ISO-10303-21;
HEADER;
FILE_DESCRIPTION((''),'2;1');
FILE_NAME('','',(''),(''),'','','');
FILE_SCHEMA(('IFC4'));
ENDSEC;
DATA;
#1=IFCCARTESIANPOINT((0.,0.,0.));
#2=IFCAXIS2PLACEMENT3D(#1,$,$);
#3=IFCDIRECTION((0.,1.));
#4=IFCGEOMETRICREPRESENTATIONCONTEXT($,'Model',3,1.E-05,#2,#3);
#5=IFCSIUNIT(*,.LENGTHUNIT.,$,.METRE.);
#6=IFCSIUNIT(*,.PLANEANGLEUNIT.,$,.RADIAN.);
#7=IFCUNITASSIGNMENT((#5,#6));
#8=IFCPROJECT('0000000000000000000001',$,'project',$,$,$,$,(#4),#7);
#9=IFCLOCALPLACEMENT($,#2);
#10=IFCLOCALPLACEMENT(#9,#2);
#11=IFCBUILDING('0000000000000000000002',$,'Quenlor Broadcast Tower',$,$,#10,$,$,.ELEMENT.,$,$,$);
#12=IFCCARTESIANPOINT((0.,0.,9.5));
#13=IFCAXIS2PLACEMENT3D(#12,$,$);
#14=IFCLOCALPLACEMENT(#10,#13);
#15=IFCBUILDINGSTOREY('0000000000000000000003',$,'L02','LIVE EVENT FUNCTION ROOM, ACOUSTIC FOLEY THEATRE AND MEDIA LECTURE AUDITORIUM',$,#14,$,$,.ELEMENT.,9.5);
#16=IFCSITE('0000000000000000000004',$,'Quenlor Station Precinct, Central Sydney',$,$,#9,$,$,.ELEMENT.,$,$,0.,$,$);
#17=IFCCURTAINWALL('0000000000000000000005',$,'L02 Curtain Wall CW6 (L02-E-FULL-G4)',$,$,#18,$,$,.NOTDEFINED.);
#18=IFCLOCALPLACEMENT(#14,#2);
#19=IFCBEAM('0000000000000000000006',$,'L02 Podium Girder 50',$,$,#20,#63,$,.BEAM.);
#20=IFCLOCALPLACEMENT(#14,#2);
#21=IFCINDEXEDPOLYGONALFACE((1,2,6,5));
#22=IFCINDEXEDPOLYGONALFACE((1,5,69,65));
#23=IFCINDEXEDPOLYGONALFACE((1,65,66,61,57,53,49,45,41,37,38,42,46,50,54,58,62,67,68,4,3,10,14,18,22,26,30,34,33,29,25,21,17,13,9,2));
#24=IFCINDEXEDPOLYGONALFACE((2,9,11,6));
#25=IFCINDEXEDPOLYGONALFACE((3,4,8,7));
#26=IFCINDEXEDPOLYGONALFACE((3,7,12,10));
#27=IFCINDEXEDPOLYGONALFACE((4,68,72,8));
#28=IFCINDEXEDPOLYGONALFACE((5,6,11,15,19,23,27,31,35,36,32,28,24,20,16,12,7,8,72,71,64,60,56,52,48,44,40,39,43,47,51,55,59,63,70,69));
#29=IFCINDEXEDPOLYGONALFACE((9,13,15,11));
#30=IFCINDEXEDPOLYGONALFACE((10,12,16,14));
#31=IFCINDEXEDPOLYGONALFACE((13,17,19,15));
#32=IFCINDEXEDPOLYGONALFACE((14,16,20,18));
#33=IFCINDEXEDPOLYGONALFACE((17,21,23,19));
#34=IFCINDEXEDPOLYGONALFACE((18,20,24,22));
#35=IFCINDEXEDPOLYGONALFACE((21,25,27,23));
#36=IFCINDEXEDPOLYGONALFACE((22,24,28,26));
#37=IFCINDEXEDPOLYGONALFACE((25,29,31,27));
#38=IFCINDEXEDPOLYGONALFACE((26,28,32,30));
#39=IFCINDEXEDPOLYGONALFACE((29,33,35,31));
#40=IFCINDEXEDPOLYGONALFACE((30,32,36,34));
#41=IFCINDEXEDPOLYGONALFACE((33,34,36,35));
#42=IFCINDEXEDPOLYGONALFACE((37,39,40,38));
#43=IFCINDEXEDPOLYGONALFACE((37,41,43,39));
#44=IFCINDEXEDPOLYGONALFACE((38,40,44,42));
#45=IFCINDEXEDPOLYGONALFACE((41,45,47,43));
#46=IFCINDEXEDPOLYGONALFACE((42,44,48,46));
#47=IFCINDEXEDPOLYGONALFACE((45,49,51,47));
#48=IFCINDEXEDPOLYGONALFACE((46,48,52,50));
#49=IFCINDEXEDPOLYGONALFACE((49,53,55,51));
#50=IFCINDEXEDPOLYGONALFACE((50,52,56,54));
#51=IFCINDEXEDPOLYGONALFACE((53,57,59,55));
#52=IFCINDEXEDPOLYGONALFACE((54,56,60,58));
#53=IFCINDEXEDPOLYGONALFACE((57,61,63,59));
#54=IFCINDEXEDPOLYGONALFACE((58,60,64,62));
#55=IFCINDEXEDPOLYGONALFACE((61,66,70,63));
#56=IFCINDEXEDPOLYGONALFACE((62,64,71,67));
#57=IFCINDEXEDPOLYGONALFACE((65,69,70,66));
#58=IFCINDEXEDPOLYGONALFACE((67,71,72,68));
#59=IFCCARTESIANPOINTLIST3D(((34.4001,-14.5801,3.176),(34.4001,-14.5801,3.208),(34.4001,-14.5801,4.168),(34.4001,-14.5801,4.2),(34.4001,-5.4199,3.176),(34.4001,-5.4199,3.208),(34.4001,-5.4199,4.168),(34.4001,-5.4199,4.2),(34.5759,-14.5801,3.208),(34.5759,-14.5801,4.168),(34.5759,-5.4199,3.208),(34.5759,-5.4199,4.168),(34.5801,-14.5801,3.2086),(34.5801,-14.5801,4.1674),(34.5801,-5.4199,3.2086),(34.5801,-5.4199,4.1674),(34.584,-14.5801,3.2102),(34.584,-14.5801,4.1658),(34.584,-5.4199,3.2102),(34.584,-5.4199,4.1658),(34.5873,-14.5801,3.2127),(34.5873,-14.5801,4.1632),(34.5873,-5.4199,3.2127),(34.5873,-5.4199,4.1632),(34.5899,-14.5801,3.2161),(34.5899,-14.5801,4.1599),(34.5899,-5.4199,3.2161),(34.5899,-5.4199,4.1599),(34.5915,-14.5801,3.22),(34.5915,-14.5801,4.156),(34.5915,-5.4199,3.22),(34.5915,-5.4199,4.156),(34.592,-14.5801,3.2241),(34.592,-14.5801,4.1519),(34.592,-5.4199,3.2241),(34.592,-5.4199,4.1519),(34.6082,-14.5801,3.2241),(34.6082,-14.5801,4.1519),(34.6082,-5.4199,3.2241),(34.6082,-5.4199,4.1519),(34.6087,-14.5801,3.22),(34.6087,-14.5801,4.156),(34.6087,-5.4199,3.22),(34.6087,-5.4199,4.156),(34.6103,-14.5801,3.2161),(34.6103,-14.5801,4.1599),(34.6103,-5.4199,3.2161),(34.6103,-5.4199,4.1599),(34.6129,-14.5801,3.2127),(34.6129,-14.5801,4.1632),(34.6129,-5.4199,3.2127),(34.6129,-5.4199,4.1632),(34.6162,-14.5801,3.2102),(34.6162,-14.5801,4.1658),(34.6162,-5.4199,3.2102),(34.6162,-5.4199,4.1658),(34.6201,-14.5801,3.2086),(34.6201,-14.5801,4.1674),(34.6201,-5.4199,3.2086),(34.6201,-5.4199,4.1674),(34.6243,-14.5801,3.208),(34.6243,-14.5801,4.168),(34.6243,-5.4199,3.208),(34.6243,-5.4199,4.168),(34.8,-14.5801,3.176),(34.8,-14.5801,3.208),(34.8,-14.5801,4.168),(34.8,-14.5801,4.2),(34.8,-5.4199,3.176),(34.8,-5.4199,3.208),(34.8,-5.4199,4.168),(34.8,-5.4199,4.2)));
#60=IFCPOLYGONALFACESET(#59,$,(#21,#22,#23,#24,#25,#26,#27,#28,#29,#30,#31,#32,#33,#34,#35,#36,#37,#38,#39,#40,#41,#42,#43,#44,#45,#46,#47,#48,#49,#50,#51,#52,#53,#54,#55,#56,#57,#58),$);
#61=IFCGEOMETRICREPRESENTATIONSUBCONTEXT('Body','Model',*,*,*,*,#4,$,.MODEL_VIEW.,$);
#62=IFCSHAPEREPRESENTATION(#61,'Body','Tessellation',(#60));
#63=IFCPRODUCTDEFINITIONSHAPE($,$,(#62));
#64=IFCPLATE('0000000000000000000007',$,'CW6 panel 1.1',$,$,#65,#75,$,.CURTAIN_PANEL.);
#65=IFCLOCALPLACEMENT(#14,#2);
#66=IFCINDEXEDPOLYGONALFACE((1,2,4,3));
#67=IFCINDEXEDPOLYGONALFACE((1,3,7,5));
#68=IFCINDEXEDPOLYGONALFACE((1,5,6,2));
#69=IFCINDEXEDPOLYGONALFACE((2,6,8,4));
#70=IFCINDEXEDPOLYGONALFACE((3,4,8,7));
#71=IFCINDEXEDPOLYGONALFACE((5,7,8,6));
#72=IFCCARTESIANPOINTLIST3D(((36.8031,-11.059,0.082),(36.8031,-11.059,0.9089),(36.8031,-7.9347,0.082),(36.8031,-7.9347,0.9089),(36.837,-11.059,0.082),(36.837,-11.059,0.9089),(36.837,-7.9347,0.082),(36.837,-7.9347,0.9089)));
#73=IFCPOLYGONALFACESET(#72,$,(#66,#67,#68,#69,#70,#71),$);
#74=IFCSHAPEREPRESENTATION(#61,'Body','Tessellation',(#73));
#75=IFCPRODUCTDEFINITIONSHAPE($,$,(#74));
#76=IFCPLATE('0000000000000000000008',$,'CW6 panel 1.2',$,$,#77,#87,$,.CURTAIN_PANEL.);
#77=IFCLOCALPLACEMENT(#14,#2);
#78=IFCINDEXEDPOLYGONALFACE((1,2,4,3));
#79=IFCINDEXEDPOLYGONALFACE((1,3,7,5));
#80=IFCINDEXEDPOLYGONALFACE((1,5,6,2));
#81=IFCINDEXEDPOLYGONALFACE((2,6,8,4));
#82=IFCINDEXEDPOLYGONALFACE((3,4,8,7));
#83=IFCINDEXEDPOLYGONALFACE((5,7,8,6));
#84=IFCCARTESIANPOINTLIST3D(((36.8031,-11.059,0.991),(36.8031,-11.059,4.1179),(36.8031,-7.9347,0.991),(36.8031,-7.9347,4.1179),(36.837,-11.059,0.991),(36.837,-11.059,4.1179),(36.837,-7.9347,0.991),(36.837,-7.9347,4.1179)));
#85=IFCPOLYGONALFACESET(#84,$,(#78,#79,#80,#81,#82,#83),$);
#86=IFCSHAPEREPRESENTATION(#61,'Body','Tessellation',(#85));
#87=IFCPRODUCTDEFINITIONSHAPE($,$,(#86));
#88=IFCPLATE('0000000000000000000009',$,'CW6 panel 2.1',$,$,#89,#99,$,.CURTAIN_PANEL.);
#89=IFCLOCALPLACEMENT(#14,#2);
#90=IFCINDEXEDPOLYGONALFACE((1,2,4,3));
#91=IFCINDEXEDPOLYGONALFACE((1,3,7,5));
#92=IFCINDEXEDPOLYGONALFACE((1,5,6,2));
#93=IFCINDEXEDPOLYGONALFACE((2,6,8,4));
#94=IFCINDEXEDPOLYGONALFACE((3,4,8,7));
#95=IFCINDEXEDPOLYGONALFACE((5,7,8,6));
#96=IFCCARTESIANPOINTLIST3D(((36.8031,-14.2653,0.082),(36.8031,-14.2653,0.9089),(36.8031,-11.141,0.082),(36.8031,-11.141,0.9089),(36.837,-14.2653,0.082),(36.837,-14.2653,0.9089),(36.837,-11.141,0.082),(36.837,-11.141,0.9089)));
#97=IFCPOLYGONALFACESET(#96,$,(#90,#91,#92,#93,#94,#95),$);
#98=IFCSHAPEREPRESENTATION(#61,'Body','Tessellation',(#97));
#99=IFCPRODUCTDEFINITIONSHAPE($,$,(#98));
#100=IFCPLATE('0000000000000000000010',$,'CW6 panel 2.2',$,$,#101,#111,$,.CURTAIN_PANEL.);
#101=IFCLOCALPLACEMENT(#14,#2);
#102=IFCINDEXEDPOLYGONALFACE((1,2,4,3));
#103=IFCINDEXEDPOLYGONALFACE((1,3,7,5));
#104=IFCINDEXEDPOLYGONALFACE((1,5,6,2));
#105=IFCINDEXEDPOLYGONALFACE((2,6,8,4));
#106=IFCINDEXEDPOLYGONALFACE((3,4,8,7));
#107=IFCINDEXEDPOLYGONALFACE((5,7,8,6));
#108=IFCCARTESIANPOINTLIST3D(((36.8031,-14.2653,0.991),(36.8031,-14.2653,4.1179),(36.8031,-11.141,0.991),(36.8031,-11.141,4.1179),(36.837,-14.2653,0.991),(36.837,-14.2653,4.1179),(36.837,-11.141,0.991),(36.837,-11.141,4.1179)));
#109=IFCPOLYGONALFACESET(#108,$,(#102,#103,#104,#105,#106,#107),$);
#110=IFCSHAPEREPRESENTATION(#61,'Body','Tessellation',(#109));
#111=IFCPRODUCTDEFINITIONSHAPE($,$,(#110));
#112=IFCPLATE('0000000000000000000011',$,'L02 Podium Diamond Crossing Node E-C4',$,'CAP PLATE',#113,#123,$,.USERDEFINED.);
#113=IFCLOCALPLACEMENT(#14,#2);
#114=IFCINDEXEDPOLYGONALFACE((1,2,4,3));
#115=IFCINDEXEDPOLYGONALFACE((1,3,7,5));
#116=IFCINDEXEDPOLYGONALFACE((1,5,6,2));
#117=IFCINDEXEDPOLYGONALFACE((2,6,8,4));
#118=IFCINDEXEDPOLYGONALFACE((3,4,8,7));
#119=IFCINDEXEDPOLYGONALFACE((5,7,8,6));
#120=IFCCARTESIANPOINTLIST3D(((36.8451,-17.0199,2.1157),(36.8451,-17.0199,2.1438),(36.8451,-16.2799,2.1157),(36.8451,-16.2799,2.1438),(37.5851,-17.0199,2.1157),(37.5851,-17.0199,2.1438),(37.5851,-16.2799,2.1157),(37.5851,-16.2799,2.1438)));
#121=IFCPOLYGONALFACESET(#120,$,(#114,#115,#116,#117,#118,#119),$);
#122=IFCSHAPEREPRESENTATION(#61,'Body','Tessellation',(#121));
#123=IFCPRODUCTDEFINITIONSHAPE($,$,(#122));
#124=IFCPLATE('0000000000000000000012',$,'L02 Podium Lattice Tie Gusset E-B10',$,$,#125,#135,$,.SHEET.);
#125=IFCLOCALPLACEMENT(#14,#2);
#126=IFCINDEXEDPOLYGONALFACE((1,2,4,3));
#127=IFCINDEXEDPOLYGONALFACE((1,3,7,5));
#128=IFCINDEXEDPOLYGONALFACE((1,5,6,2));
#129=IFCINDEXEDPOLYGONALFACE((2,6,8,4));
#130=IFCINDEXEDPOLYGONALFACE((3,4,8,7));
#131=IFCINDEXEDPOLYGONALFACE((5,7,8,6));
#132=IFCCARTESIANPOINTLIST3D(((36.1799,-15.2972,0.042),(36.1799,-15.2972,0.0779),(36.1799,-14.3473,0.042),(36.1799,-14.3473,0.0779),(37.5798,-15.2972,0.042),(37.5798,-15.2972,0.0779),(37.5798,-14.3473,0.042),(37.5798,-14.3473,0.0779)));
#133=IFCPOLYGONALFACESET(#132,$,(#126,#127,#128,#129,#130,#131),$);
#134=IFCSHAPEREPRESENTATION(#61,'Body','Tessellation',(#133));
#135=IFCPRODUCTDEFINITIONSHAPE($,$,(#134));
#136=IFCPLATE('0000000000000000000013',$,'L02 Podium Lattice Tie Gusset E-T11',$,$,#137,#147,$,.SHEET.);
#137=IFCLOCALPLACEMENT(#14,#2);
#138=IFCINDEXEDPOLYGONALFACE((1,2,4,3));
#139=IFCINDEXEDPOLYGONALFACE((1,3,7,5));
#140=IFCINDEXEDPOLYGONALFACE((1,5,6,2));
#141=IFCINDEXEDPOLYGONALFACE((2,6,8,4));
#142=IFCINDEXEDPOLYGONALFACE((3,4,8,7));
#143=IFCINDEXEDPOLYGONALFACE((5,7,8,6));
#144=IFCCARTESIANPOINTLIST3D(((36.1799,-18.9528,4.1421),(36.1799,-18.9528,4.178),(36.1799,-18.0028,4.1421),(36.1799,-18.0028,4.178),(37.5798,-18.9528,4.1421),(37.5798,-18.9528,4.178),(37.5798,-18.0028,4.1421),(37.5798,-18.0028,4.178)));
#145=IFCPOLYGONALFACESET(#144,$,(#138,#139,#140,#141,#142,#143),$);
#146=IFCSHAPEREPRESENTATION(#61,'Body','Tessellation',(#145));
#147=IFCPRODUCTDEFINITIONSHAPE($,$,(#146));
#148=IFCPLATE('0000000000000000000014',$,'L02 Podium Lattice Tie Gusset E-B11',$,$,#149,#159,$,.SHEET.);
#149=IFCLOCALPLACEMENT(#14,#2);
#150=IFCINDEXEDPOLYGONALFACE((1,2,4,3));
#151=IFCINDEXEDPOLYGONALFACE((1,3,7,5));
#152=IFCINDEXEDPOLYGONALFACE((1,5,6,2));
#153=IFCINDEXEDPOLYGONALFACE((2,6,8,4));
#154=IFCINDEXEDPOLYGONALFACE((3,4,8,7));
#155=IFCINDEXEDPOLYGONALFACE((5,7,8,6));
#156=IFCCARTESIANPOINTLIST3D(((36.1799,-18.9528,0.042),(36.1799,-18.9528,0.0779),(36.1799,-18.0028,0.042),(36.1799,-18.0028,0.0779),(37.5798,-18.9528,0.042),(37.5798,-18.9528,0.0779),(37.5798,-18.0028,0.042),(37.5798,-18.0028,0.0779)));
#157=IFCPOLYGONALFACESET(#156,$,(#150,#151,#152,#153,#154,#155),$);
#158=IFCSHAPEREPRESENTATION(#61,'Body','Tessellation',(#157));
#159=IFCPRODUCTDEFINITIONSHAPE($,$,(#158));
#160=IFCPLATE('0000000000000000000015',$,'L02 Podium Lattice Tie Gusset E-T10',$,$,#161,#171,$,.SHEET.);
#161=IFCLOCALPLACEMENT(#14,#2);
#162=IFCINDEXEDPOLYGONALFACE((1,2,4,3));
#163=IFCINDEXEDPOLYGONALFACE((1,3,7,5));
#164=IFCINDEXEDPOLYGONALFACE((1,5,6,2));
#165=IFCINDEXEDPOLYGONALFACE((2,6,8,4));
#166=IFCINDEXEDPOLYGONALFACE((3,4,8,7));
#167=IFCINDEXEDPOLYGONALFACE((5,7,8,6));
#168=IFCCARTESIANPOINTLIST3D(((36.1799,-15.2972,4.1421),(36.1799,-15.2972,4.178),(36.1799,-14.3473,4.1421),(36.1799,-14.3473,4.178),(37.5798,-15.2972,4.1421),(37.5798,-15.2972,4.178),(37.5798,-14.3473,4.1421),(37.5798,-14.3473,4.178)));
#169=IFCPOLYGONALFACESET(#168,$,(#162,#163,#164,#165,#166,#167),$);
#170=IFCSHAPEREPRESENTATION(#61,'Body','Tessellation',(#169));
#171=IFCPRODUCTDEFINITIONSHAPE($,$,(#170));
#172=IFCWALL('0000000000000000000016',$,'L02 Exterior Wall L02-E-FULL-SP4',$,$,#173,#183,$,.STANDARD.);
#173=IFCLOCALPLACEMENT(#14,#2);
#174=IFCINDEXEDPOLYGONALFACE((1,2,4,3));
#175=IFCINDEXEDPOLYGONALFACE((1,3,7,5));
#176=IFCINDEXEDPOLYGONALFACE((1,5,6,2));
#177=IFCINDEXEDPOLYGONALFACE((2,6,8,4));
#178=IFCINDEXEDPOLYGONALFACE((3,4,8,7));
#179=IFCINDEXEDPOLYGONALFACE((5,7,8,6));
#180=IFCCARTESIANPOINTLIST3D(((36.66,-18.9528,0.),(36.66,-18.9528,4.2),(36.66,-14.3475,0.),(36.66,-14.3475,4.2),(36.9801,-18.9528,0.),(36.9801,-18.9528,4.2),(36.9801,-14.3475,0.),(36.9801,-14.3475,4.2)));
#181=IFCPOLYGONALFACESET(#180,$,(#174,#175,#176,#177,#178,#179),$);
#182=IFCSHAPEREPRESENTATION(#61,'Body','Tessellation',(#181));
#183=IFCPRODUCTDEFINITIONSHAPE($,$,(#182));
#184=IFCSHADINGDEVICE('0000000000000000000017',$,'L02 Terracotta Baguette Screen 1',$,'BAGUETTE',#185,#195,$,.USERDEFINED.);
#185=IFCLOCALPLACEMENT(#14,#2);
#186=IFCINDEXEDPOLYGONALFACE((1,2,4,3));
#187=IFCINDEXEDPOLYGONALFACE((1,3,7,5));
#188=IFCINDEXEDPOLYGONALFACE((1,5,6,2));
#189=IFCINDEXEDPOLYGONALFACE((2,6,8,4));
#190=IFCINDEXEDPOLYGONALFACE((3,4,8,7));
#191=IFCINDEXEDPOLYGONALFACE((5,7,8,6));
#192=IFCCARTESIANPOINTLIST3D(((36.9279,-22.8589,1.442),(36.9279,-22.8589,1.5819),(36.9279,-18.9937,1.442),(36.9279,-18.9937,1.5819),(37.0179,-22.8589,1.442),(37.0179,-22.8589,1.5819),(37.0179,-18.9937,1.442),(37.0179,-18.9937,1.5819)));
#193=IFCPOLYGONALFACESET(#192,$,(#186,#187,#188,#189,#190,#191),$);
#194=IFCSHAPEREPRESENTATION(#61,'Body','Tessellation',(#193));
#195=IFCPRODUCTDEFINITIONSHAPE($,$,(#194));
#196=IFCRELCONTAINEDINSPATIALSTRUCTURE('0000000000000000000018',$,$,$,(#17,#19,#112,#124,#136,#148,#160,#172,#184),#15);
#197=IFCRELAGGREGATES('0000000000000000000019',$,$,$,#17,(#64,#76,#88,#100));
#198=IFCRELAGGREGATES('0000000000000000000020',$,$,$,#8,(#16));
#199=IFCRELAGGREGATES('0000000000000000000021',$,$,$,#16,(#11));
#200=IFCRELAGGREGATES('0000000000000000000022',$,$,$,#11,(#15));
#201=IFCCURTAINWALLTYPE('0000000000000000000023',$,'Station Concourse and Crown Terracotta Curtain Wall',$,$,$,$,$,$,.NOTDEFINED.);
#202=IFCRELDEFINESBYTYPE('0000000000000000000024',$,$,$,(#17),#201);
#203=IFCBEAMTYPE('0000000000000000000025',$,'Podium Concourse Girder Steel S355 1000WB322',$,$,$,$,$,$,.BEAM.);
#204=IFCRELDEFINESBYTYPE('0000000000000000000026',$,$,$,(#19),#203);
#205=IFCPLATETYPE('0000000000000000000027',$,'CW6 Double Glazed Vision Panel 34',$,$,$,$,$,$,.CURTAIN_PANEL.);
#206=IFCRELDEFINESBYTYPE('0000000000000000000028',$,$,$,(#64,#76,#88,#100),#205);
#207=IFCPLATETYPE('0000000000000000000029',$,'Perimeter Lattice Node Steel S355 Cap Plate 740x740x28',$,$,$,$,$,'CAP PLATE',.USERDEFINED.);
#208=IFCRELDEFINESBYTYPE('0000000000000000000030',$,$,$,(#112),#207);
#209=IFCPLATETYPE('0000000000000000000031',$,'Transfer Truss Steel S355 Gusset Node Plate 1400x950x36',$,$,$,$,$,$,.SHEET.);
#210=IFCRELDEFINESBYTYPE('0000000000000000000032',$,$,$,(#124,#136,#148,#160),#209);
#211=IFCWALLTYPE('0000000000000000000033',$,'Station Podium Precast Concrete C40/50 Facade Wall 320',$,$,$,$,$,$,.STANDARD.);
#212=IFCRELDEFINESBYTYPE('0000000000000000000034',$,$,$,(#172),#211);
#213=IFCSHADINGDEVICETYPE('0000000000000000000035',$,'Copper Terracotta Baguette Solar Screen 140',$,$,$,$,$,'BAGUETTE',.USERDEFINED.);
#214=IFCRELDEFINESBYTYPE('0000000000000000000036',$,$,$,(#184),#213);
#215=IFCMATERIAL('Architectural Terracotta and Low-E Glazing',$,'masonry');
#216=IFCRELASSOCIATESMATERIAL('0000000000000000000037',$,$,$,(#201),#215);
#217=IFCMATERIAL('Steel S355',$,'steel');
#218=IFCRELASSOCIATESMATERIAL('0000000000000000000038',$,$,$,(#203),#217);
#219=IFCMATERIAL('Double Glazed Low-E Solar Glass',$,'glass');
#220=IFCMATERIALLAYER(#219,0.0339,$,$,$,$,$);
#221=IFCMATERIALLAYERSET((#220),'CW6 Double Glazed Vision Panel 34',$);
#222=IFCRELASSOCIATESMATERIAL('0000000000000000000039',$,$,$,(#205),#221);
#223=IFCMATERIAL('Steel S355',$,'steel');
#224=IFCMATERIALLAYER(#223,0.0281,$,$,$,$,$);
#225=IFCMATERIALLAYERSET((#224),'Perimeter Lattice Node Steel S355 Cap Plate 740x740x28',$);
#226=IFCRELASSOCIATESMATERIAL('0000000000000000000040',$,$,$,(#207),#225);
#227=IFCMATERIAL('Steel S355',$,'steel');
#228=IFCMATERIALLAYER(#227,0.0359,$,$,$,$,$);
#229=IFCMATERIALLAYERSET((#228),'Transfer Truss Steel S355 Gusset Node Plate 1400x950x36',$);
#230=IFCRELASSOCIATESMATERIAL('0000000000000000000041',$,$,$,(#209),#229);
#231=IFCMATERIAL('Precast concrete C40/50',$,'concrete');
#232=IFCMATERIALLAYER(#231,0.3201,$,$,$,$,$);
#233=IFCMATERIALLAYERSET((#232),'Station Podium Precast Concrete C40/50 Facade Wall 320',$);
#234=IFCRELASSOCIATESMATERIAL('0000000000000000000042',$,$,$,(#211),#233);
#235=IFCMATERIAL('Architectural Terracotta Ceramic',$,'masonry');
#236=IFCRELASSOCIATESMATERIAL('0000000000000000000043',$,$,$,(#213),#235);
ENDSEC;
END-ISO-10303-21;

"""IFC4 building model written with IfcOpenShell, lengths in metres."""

from ifc_helpers import new_model, si_unit, direction, frame, frame_2d, origin, origin_2d, place, context, subcontext, project, spatial, rectangle, i_section, extrude, material, layer, layer_set, material_profile, profile_set, type_object, element, aggregate, save


model = new_model("IFC4")

# Units and contexts
model_context = context("Model", 3, precision=1e-05, world=origin(), true_north=direction((0.0, 1.0)))
body_context = subcontext(model_context, "Body", "Model", "MODEL_VIEW")
ifc_project = project(units=[si_unit("LENGTHUNIT", "METRE"), si_unit("PLANEANGLEUNIT", "RADIAN")], contexts=[model_context])

# Site, building, storey
site_placement = place(None, origin())
site = spatial("IfcSite", under=ifc_project, at=site_placement, Name="Quenlor Station Precinct, Central Sydney", CompositionType="ELEMENT", RefElevation=0.0)
building_placement = place(site_placement, origin())
building = spatial("IfcBuilding", under=site, at=building_placement, Name="Quenlor Broadcast Tower", CompositionType="ELEMENT")
storey_placement = place(building_placement, frame((0.0, 0.0, 9.5)))
storey = spatial("IfcBuildingStorey", under=building, at=storey_placement, Name="L02", Description="LIVE EVENT FUNCTION ROOM, ACOUSTIC FOLEY THEATRE AND MEDIA LECTURE AUDITORIUM", CompositionType="ELEMENT", Elevation=9.5)

# Curtain wall
ifc_material_1 = material(Name="Architectural Terracotta and Low-E Glazing", Category="masonry")
curtain_wall_type = type_object("IfcCurtainWallType", Name="Station Concourse and Crown Terracotta Curtain Wall", PredefinedType="NOTDEFINED", material=ifc_material_1)
curtain_wall_placement = place(storey_placement, origin())
curtain_wall = element("IfcCurtainWall", 1, at=curtain_wall_placement, inside=storey, type_object=curtain_wall_type, Name="L02 Curtain Wall CW6 (L02-E-FULL-G4)", PredefinedType="NOTDEFINED")

# Beam
ifc_material_2 = material(Name="Steel S355", Category="steel")
ifc_material_profile_1 = material_profile(ifc_material_2, i_section(OverallWidth=0.3999, OverallDepth=1.0239, WebThickness=0.0161, FlangeThickness=0.032, FilletRadius=0.0161, at=origin_2d()))
ifc_profile_set_1 = profile_set([ifc_material_profile_1], Name="Steel S355 1000WB322")
beam_type = type_object("IfcBeamType", Name="Podium Concourse Girder Steel S355 1000WB322", PredefinedType="BEAM", material=ifc_profile_set_1)
beam_placement = place(storey_placement, frame((34.6001, -14.5801, 3.688), z_axis=(0.0, 1.0, 0.0), x_axis=(-1.0, 0.0, 0.0)))
element("IfcBeam", 2, at=beam_placement, inside=storey, type_object=beam_type, Name="L02 Podium Girder 50", PredefinedType="BEAM", context=body_context, shape_type="SweptSolid", body=[
    extrude(i_section(OverallWidth=0.3999, OverallDepth=1.0239, WebThickness=0.0161, FlangeThickness=0.032, FilletRadius=0.0161, at=origin_2d()), origin(), (0.0, 0.0, 1.0), 9.1602),
])

# Plates
ifc_material_3 = material(Name="Double Glazed Low-E Solar Glass", Category="glass")
ifc_layer_1 = layer(ifc_material_3, 0.0339)
ifc_layer_set_1 = layer_set([ifc_layer_1], Name="CW6 Double Glazed Vision Panel 34")
plate_type_1 = type_object("IfcPlateType", Name="CW6 Double Glazed Vision Panel 34", PredefinedType="CURTAIN_PANEL", material=ifc_layer_set_1)
plate_1_placement = place(storey_placement, frame((36.8201, -9.4968, 0.082), z_axis=(0.0, 0.0, 1.0), x_axis=(0.0, -1.0, 0.0)))
plate_1 = element("IfcPlate", 3, at=plate_1_placement, type_object=plate_type_1, Name="CW6 panel 1.1", PredefinedType="CURTAIN_PANEL", context=body_context, shape_type="SweptSolid", body=[
    extrude(rectangle(XDim=3.1243, YDim=0.0339, at=origin_2d()), origin(), (0.0, 0.0, 1.0), 0.8269),
])
plate_2_placement = place(storey_placement, frame((36.8201, -9.4968, 0.991), z_axis=(0.0, 0.0, 1.0), x_axis=(0.0, -1.0, 0.0)))
plate_2 = element("IfcPlate", 4, at=plate_2_placement, type_object=plate_type_1, Name="CW6 panel 1.2", PredefinedType="CURTAIN_PANEL", context=body_context, shape_type="SweptSolid", body=[
    extrude(rectangle(XDim=3.1243, YDim=0.0339, at=origin_2d()), origin(), (0.0, 0.0, 1.0), 3.127),
])
plate_3_placement = place(storey_placement, frame((36.8201, -12.7031, 0.082), z_axis=(0.0, 0.0, 1.0), x_axis=(0.0, -1.0, 0.0)))
plate_3 = element("IfcPlate", 5, at=plate_3_placement, type_object=plate_type_1, Name="CW6 panel 2.1", PredefinedType="CURTAIN_PANEL", context=body_context, shape_type="SweptSolid", body=[
    extrude(rectangle(XDim=3.1243, YDim=0.0339, at=origin_2d()), origin(), (0.0, 0.0, 1.0), 0.8269),
])
plate_4_placement = place(storey_placement, frame((36.8201, -12.7031, 0.991), z_axis=(0.0, 0.0, 1.0), x_axis=(0.0, -1.0, 0.0)))
plate_4 = element("IfcPlate", 6, at=plate_4_placement, type_object=plate_type_1, Name="CW6 panel 2.2", PredefinedType="CURTAIN_PANEL", context=body_context, shape_type="SweptSolid", body=[
    extrude(rectangle(XDim=3.1243, YDim=0.0339, at=origin_2d()), origin(), (0.0, 0.0, 1.0), 3.127),
])
aggregate(curtain_wall, [plate_1, plate_2, plate_3, plate_4])

# Plates
ifc_material_4 = material(Name="Steel S355", Category="steel")
ifc_layer_2 = layer(ifc_material_4, 0.0281)
ifc_layer_set_2 = layer_set([ifc_layer_2], Name="Perimeter Lattice Node Steel S355 Cap Plate 740x740x28")
plate_type_2 = type_object("IfcPlateType", Name="Perimeter Lattice Node Steel S355 Cap Plate 740x740x28", ElementType="CAP PLATE", PredefinedType="USERDEFINED", material=ifc_layer_set_2)
plate_5_placement = place(storey_placement, frame((37.2151, -16.6499, 2.1157), z_axis=(0.0, 0.0, 1.0), x_axis=(0.0, -1.0, 0.0)))
element("IfcPlate", 7, at=plate_5_placement, inside=storey, type_object=plate_type_2, Name="L02 Podium Diamond Crossing Node E-C4", ObjectType="CAP PLATE", PredefinedType="USERDEFINED", context=body_context, shape_type="SweptSolid", body=[
    extrude(rectangle(XDim=0.74, YDim=0.74, at=origin_2d()), origin(), (0.0, 0.0, 1.0), 0.0281),
])
ifc_material_5 = material(Name="Steel S355", Category="steel")
ifc_layer_3 = layer(ifc_material_5, 0.0359)
ifc_layer_set_3 = layer_set([ifc_layer_3], Name="Transfer Truss Steel S355 Gusset Node Plate 1400x950x36")
plate_type_3 = type_object("IfcPlateType", Name="Transfer Truss Steel S355 Gusset Node Plate 1400x950x36", PredefinedType="SHEET", material=ifc_layer_set_3)
for number, where, z_axis, x_axis, name in (
    (8, (36.8799, -14.8223, 0.042), (0.0, 0.0, 1.0), (1.0, 0.0, 0.0), "L02 Podium Lattice Tie Gusset E-B10"),
    (9, (36.8799, -18.4778, 4.1421), (0.0, 0.0, 1.0), (1.0, 0.0, 0.0), "L02 Podium Lattice Tie Gusset E-T11"),
    (10, (36.8799, -18.4778, 0.042), (0.0, 0.0, 1.0), (1.0, 0.0, 0.0), "L02 Podium Lattice Tie Gusset E-B11"),
    (11, (36.8799, -14.8223, 4.1421), (0.0, 0.0, 1.0), (1.0, 0.0, 0.0), "L02 Podium Lattice Tie Gusset E-T10"),
):
    element("IfcPlate", number, at=place(storey_placement, frame(where, z_axis=z_axis, x_axis=x_axis)), inside=storey, type_object=plate_type_3, Name=name, PredefinedType="SHEET", context=body_context, shape_type="SweptSolid", body=[
        extrude(rectangle(XDim=1.3999, YDim=0.95, at=origin_2d()), origin(), (0.0, 0.0, 1.0), 0.0359),
    ])

# Wall
ifc_material_6 = material(Name="Precast concrete C40/50", Category="concrete")
ifc_layer_4 = layer(ifc_material_6, 0.3201)
ifc_layer_set_4 = layer_set([ifc_layer_4], Name="Station Podium Precast Concrete C40/50 Facade Wall 320")
wall_type = type_object("IfcWallType", Name="Station Podium Precast Concrete C40/50 Facade Wall 320", PredefinedType="STANDARD", material=ifc_layer_set_4)
wall_placement = place(storey_placement, frame((36.8201, -14.3474, 0.0), z_axis=(0.0, 0.0, 1.0), x_axis=(0.0, -1.0, 0.0)))
element("IfcWall", 12, at=wall_placement, inside=storey, type_object=wall_type, Name="L02 Exterior Wall L02-E-FULL-SP4", PredefinedType="STANDARD", context=body_context, shape_type="SweptSolid", body=[
    extrude(rectangle(XDim=4.6052, YDim=0.3201, at=frame_2d((2.3027, 0.0))), origin(), (0.0, 0.0, 1.0), 4.2),
])

# Shading device
ifc_material_7 = material(Name="Architectural Terracotta Ceramic", Category="masonry")
ifc_material_profile_2 = material_profile(ifc_material_7, rectangle(XDim=0.0901, YDim=0.1399, at=origin_2d()))
ifc_profile_set_2 = profile_set([ifc_material_profile_2], Name="Architectural Terracotta Ceramic BAG90x140")
shading_device_type = type_object("IfcShadingDeviceType", Name="Copper Terracotta Baguette Solar Screen 140", ElementType="BAGUETTE", PredefinedType="USERDEFINED", material=ifc_profile_set_2)
for number, where, z_axis, x_axis, name in (
    (13, (36.9729, -18.9937, 1.512), (0.0, -1.0, 0.0), (1.0, 0.0, 0.0), "L02 Terracotta Baguette Screen 1"),
):
    element("IfcShadingDevice", number, at=place(storey_placement, frame(where, z_axis=z_axis, x_axis=x_axis)), inside=storey, type_object=shading_device_type, Name=name, ObjectType="BAGUETTE", PredefinedType="USERDEFINED", context=body_context, shape_type="SweptSolid", body=[
        extrude(rectangle(XDim=0.0901, YDim=0.1399, at=origin_2d()), origin(), (0.0, 0.0, 1.0), 3.8652),
    ])

save(model, "model.ifc")
